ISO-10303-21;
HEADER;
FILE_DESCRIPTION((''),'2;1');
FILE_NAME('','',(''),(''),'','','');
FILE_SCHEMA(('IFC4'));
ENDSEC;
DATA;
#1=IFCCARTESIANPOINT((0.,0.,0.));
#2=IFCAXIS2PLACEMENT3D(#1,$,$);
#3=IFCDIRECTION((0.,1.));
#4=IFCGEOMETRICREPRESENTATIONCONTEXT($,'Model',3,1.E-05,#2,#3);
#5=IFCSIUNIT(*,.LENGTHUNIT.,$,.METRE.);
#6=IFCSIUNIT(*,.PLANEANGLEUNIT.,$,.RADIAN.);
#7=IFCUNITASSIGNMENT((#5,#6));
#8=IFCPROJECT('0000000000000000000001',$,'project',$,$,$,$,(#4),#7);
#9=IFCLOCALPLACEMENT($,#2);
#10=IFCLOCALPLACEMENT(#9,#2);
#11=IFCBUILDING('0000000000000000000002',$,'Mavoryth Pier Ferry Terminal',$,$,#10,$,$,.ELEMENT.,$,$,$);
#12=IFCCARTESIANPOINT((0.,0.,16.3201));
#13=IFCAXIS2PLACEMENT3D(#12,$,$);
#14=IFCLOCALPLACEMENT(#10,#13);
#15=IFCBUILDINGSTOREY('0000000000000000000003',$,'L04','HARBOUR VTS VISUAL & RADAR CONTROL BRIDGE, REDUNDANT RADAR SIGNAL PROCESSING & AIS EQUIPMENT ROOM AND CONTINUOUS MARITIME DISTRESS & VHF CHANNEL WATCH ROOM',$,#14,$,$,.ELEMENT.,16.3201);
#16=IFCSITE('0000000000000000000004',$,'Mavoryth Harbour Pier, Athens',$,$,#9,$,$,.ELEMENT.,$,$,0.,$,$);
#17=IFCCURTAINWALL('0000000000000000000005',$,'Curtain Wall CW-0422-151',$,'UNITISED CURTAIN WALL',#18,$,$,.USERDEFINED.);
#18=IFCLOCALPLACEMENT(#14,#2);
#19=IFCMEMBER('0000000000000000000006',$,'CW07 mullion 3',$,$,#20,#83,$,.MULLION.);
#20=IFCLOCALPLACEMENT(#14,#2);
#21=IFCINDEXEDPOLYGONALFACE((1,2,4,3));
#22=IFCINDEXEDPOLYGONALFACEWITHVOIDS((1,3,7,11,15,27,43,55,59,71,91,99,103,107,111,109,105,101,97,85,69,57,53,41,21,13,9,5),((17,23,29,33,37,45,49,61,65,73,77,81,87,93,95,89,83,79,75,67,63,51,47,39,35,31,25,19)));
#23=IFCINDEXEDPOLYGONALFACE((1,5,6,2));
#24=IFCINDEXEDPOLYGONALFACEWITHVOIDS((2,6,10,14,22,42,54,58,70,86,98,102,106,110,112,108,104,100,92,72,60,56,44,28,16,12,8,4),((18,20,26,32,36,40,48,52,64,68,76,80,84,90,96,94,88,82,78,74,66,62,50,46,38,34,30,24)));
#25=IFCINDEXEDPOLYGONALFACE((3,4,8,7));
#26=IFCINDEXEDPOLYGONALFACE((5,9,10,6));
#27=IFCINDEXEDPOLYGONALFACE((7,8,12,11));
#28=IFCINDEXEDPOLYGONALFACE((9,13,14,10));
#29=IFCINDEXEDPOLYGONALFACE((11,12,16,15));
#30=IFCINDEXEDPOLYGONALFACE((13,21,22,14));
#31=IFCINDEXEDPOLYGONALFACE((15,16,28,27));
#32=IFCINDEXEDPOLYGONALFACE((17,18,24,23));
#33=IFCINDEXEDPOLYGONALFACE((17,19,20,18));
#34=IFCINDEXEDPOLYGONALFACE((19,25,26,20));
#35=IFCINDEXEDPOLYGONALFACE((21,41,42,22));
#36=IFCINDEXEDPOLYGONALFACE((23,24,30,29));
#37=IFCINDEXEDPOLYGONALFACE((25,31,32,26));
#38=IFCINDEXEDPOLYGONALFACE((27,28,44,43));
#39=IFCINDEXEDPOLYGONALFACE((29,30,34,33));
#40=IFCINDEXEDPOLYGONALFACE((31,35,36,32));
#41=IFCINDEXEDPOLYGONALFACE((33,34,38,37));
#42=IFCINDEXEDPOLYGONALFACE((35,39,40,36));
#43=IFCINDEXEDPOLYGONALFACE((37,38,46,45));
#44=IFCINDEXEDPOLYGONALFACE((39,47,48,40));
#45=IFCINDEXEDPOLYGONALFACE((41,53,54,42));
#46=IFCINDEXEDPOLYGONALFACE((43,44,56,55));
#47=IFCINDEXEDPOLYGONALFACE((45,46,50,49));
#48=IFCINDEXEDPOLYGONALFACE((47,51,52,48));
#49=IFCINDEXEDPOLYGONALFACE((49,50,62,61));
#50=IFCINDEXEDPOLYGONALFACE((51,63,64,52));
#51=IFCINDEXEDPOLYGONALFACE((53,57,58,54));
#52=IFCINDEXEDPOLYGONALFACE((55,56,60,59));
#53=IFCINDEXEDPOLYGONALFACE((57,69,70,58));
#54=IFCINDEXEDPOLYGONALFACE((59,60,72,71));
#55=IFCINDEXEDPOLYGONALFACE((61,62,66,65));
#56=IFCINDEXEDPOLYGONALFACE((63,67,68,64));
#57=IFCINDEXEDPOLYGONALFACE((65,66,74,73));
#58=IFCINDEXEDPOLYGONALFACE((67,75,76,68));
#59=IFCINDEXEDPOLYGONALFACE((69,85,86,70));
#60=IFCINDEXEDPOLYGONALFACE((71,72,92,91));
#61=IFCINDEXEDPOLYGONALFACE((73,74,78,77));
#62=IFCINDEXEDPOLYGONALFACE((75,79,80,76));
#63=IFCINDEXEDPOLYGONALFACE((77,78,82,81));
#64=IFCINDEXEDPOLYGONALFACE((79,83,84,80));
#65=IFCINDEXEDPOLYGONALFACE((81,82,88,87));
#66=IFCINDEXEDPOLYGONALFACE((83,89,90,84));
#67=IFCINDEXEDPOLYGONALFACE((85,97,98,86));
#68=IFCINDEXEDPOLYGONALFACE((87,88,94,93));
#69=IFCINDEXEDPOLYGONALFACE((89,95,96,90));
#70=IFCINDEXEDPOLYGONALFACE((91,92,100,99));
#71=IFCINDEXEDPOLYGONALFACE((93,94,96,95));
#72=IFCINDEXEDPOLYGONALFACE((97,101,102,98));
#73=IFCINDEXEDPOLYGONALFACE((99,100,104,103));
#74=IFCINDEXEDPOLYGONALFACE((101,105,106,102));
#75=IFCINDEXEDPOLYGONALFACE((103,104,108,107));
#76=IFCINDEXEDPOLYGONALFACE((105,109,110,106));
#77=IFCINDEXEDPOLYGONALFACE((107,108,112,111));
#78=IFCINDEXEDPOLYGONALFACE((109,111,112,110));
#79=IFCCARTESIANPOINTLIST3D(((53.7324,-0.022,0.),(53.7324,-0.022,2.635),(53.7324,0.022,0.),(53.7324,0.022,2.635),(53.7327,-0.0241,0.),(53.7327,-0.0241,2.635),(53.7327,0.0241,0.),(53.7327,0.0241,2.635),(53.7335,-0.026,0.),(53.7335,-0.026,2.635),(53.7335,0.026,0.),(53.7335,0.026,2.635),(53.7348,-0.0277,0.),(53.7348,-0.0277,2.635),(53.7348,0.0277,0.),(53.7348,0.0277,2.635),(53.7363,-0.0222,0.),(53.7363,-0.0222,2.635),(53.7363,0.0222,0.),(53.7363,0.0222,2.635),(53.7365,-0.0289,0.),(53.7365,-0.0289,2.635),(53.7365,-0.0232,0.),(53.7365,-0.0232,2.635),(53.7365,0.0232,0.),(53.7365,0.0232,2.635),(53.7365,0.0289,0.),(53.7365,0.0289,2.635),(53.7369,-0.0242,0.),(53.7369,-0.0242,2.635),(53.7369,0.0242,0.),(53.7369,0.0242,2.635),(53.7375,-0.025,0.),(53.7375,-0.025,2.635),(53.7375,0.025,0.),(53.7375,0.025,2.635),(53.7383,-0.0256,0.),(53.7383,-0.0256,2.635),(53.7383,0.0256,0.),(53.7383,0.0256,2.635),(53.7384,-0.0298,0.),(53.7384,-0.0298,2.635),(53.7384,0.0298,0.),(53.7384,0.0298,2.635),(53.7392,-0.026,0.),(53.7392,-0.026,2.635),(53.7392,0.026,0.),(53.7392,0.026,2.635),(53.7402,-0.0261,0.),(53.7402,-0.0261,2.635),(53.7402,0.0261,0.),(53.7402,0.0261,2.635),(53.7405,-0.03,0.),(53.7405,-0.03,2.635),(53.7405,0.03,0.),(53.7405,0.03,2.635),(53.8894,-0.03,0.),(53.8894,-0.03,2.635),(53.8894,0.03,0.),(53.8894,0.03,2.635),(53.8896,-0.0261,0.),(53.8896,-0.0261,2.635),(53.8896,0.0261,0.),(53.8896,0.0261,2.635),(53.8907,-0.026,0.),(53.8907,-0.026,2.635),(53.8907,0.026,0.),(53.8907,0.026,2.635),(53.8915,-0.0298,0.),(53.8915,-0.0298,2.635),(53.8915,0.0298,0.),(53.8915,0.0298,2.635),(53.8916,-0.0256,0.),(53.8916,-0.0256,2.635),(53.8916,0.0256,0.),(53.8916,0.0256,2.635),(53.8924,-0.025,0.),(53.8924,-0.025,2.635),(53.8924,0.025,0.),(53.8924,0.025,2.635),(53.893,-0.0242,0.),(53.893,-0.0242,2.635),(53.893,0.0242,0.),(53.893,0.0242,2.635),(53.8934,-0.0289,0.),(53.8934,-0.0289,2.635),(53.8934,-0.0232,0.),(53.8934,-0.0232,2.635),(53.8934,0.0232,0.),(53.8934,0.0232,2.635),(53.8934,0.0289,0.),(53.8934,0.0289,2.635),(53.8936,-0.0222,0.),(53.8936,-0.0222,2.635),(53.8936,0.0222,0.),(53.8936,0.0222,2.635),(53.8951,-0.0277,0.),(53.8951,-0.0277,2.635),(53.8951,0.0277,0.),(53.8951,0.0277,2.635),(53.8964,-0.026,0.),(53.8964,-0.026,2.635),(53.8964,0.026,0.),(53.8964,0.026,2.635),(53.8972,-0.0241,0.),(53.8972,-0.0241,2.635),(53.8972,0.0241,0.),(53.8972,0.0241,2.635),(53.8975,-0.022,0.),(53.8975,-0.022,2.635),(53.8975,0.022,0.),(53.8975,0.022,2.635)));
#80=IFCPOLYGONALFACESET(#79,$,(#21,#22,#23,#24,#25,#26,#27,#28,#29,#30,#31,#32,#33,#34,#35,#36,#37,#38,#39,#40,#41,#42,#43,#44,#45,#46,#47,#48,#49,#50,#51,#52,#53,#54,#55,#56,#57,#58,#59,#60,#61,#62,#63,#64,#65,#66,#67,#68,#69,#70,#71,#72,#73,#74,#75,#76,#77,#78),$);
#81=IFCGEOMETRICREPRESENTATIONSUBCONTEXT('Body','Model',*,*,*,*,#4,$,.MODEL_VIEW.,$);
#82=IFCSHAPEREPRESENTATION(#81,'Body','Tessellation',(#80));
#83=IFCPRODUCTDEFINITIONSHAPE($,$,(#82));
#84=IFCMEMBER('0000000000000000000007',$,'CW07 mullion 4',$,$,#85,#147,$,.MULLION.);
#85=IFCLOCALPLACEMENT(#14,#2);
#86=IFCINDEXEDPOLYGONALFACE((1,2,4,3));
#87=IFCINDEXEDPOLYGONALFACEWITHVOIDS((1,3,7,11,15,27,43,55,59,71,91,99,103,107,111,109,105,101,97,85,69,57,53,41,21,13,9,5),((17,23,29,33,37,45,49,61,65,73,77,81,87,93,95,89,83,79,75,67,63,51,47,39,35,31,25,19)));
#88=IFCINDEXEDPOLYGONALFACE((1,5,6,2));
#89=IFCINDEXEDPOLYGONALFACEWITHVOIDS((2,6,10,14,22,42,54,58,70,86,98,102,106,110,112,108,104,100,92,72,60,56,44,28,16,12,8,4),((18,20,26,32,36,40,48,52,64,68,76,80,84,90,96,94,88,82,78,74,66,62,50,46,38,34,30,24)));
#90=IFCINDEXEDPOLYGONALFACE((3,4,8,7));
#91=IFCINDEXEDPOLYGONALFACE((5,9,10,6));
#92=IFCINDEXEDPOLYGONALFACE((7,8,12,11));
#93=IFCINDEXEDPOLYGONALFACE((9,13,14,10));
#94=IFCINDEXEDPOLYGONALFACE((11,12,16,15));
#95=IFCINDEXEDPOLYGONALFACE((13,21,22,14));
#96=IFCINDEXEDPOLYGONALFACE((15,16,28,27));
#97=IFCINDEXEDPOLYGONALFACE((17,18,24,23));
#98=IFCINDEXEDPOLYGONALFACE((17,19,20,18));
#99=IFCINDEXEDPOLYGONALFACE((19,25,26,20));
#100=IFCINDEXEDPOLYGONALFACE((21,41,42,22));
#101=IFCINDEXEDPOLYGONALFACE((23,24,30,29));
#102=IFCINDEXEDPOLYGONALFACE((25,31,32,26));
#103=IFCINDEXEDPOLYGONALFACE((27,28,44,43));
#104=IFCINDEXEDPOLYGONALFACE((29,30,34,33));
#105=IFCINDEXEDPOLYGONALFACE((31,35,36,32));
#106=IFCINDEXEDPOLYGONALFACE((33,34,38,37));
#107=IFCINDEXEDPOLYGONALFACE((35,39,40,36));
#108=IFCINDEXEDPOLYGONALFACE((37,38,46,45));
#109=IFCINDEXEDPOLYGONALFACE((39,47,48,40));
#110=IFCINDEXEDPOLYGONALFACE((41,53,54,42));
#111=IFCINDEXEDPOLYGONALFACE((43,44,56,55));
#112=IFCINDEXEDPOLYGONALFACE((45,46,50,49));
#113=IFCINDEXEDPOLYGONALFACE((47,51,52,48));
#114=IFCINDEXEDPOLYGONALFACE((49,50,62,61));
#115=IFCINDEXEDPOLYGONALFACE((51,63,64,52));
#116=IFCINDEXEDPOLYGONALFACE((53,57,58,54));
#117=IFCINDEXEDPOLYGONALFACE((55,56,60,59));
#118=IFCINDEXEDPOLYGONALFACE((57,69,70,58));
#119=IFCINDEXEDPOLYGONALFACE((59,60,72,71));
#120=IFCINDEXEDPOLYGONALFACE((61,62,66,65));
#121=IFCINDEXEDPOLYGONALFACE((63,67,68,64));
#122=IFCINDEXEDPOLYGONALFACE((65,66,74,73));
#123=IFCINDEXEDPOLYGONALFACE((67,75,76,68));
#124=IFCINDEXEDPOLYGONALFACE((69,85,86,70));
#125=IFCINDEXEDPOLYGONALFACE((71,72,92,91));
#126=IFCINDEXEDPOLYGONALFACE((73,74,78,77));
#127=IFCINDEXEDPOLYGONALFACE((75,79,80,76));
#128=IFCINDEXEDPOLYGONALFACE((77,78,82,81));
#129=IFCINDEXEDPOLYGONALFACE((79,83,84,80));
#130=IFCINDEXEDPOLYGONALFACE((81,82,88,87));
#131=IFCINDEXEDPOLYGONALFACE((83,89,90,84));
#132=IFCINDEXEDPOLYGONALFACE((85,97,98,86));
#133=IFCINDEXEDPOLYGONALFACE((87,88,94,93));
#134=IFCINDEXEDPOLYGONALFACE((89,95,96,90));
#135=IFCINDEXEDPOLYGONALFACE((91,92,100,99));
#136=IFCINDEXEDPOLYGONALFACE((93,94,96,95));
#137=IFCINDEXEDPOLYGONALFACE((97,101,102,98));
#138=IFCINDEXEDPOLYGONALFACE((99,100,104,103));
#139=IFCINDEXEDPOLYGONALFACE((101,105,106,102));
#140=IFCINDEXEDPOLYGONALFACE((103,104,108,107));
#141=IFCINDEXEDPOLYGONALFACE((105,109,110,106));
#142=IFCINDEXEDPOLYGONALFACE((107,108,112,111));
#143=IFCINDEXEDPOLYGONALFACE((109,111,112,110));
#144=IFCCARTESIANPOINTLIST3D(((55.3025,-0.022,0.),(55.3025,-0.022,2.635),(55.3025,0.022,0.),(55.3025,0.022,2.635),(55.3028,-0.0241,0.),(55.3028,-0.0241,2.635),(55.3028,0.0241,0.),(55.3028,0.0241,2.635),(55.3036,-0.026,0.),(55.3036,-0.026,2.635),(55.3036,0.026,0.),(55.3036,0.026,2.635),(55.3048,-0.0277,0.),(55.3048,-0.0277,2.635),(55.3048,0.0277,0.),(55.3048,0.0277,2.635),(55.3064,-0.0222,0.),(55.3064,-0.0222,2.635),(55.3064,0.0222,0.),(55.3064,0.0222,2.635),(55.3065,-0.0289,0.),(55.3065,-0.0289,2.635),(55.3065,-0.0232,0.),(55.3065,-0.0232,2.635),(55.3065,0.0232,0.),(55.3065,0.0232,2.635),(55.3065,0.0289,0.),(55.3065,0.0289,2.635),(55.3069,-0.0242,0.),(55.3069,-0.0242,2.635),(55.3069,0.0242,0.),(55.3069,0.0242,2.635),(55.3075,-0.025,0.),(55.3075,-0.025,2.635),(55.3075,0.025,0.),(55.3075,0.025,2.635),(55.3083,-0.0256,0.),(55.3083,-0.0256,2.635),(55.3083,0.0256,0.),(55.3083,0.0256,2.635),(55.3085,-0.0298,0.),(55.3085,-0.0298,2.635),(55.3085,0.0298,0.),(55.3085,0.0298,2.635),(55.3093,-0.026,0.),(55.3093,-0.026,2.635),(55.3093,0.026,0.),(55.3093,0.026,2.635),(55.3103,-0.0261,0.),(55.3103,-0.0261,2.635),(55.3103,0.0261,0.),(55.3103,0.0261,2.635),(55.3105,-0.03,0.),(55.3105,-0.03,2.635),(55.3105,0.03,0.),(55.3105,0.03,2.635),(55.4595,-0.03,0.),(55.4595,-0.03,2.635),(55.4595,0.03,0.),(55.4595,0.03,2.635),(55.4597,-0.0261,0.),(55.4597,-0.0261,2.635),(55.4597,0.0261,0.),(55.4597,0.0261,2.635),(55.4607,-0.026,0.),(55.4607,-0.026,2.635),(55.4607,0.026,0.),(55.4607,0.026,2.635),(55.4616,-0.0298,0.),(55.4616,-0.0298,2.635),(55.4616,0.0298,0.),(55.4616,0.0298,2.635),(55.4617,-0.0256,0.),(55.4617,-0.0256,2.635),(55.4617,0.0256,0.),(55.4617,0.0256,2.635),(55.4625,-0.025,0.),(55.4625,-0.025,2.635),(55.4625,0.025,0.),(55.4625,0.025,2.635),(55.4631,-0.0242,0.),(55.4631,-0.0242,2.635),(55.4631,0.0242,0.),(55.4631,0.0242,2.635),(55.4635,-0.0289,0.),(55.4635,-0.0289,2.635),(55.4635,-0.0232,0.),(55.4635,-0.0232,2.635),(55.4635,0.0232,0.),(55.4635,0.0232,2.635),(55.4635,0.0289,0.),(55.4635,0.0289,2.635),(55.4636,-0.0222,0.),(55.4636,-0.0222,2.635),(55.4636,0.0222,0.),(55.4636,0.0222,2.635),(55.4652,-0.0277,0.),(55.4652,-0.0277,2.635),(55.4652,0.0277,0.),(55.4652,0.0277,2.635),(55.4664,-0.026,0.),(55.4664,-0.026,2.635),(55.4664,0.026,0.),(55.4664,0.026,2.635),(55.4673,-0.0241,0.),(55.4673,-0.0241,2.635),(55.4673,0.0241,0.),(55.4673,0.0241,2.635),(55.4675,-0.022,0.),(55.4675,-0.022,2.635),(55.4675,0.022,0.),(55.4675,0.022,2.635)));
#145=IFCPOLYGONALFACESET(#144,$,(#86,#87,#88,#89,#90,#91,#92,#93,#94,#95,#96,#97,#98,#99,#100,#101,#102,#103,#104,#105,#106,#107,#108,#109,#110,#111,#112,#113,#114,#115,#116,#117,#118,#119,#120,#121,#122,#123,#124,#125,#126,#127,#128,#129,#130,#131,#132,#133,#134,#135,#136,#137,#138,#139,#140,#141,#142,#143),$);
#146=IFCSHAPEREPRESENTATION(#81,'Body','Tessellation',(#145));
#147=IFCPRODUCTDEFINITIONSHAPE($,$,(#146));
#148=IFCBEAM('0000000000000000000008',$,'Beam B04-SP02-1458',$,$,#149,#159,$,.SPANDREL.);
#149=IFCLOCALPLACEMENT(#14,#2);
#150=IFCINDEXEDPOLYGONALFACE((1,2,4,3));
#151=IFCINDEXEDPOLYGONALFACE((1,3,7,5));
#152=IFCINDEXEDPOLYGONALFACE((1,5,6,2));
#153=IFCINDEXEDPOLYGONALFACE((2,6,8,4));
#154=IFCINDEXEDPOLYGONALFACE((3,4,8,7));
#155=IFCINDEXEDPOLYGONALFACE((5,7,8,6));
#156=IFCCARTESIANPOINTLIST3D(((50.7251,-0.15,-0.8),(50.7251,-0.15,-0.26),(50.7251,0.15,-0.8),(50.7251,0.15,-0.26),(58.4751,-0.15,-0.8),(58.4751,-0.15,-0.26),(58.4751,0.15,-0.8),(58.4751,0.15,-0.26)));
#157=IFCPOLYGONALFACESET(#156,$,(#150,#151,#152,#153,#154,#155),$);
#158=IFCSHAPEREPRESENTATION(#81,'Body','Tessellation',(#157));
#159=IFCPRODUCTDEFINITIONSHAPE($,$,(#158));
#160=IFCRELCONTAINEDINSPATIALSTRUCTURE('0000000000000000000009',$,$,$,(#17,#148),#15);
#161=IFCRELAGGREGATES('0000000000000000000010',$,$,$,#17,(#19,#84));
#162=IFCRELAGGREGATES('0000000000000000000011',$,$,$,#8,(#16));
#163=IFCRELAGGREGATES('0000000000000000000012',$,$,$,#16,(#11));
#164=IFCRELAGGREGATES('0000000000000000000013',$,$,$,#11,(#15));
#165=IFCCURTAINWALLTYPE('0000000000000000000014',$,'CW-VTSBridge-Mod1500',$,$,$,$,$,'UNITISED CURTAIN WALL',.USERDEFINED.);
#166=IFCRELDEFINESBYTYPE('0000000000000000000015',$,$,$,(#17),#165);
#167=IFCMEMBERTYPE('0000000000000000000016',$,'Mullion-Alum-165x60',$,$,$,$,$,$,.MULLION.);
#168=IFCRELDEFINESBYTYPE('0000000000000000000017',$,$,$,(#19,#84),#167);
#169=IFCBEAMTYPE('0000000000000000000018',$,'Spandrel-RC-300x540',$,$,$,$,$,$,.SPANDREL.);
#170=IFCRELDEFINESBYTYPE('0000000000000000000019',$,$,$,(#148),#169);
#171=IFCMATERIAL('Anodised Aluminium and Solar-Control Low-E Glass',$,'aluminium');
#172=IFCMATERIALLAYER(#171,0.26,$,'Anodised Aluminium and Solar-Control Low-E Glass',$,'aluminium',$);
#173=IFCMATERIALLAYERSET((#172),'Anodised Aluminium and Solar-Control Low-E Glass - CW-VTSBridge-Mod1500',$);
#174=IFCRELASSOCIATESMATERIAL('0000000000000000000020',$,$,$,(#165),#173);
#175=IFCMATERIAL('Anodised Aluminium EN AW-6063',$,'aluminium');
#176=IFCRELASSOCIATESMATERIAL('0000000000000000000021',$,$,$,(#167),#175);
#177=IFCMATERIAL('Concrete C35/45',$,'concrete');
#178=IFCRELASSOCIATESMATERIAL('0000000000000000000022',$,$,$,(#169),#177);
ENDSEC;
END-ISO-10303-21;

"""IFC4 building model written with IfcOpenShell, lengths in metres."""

from ifc_helpers import new_model, si_unit, direction, frame, origin, origin_2d, place, context, subcontext, project, spatial, rectangle, hollow_rectangle, extrude, material, layer, layer_set, material_profile, profile_set, type_object, element, aggregate, save


model = new_model("IFC4")

# Units and contexts
model_context = context("Model", 3, precision=1e-05, world=origin(), true_north=direction((0.0, 1.0)))
body_context = subcontext(model_context, "Body", "Model", "MODEL_VIEW")
ifc_project = project(units=[si_unit("LENGTHUNIT", "METRE"), si_unit("PLANEANGLEUNIT", "RADIAN")], contexts=[model_context])

# Site, building, storey
site_placement = place(None, origin())
site = spatial("IfcSite", under=ifc_project, at=site_placement, Name="Mavoryth Harbour Pier, Athens", CompositionType="ELEMENT", RefElevation=0.0)
building_placement = place(site_placement, origin())
building = spatial("IfcBuilding", under=site, at=building_placement, Name="Mavoryth Pier Ferry Terminal", CompositionType="ELEMENT")
storey_placement = place(building_placement, frame((0.0, 0.0, 16.3201)))
storey = spatial("IfcBuildingStorey", under=building, at=storey_placement, Name="L04", Description="HARBOUR VTS VISUAL & RADAR CONTROL BRIDGE, REDUNDANT RADAR SIGNAL PROCESSING & AIS EQUIPMENT ROOM AND CONTINUOUS MARITIME DISTRESS & VHF CHANNEL WATCH ROOM", CompositionType="ELEMENT", Elevation=16.3201)

# Curtain wall, members
ifc_material_1 = material(Name="Anodised Aluminium and Solar-Control Low-E Glass", Category="aluminium")
ifc_layer_1 = layer(ifc_material_1, 0.26, Name="Anodised Aluminium and Solar-Control Low-E Glass", Category="aluminium")
ifc_layer_set_1 = layer_set([ifc_layer_1], Name="Anodised Aluminium and Solar-Control Low-E Glass - CW-VTSBridge-Mod1500")
curtain_wall_type = type_object("IfcCurtainWallType", Name="CW-VTSBridge-Mod1500", ElementType="UNITISED CURTAIN WALL", PredefinedType="USERDEFINED", material=ifc_layer_set_1)
curtain_wall_placement = place(storey_placement, origin())
curtain_wall = element("IfcCurtainWall", 1, at=curtain_wall_placement, inside=storey, type_object=curtain_wall_type, Name="Curtain Wall CW-0422-151", ObjectType="UNITISED CURTAIN WALL", PredefinedType="USERDEFINED")
ifc_material_2 = material(Name="Anodised Aluminium EN AW-6063", Category="aluminium")
ifc_material_profile_1 = material_profile(ifc_material_2, hollow_rectangle(XDim=0.0601, YDim=0.165, WallThickness=0.0039, InnerFilletRadius=0.0039, OuterFilletRadius=0.0081, at=origin_2d()), Name="AL-MULL 165x60x4", Category="aluminium")
ifc_profile_set_1 = profile_set([ifc_material_profile_1], Name="Anodised Aluminium EN AW-6063 - AL-MULL 165x60x4")
member_type_1 = type_object("IfcMemberType", Name="Mullion-Alum-165x60", PredefinedType="MULLION", material=ifc_profile_set_1)
member_1_placement = place(storey_placement, frame((53.8149, 0.0, 0.0), z_axis=(0.0, 0.0, 1.0), x_axis=(0.0, 1.0, 0.0)))
member_1 = element("IfcMember", 2, at=member_1_placement, type_object=member_type_1, Name="CW07 mullion 3", PredefinedType="MULLION", context=body_context, shape_type="SweptSolid", body=[
    extrude(hollow_rectangle(XDim=0.0601, YDim=0.165, WallThickness=0.0039, InnerFilletRadius=0.0039, OuterFilletRadius=0.0081, at=origin_2d()), origin(), (0.0, 0.0, 1.0), 2.635),
])
member_2_placement = place(storey_placement, frame((55.385, 0.0, 0.0), z_axis=(0.0, 0.0, 1.0), x_axis=(0.0, 1.0, 0.0)))
member_2 = element("IfcMember", 3, at=member_2_placement, type_object=member_type_1, Name="CW07 mullion 4", PredefinedType="MULLION", context=body_context, shape_type="SweptSolid", body=[
    extrude(hollow_rectangle(XDim=0.0601, YDim=0.165, WallThickness=0.0039, InnerFilletRadius=0.0039, OuterFilletRadius=0.0081, at=origin_2d()), origin(), (0.0, 0.0, 1.0), 2.635),
])

# Beam
ifc_material_3 = material(Name="Concrete C35/45", Category="concrete")
ifc_material_profile_2 = material_profile(ifc_material_3, rectangle(XDim=0.3, YDim=0.54, at=origin_2d()), Name="RC 300x540", Category="concrete")
ifc_profile_set_2 = profile_set([ifc_material_profile_2], Name="Concrete C35/45 - RC 300x540")
beam_type = type_object("IfcBeamType", Name="Spandrel-RC-300x540", PredefinedType="SPANDREL", material=ifc_profile_set_2)
beam_placement = place(storey_placement, frame((50.7251, 0.0, -0.53), z_axis=(1.0, 0.0, 0.0), x_axis=(0.0, 1.0, 0.0)))
element("IfcBeam", 4, at=beam_placement, inside=storey, type_object=beam_type, Name="Beam B04-SP02-1458", PredefinedType="SPANDREL", context=body_context, shape_type="SweptSolid", body=[
    extrude(rectangle(XDim=0.3, YDim=0.54, at=origin_2d()), origin(), (0.0, 0.0, 1.0), 7.75),
])

aggregate(curtain_wall, [member_1, member_2])

save(model, "model.ifc")
